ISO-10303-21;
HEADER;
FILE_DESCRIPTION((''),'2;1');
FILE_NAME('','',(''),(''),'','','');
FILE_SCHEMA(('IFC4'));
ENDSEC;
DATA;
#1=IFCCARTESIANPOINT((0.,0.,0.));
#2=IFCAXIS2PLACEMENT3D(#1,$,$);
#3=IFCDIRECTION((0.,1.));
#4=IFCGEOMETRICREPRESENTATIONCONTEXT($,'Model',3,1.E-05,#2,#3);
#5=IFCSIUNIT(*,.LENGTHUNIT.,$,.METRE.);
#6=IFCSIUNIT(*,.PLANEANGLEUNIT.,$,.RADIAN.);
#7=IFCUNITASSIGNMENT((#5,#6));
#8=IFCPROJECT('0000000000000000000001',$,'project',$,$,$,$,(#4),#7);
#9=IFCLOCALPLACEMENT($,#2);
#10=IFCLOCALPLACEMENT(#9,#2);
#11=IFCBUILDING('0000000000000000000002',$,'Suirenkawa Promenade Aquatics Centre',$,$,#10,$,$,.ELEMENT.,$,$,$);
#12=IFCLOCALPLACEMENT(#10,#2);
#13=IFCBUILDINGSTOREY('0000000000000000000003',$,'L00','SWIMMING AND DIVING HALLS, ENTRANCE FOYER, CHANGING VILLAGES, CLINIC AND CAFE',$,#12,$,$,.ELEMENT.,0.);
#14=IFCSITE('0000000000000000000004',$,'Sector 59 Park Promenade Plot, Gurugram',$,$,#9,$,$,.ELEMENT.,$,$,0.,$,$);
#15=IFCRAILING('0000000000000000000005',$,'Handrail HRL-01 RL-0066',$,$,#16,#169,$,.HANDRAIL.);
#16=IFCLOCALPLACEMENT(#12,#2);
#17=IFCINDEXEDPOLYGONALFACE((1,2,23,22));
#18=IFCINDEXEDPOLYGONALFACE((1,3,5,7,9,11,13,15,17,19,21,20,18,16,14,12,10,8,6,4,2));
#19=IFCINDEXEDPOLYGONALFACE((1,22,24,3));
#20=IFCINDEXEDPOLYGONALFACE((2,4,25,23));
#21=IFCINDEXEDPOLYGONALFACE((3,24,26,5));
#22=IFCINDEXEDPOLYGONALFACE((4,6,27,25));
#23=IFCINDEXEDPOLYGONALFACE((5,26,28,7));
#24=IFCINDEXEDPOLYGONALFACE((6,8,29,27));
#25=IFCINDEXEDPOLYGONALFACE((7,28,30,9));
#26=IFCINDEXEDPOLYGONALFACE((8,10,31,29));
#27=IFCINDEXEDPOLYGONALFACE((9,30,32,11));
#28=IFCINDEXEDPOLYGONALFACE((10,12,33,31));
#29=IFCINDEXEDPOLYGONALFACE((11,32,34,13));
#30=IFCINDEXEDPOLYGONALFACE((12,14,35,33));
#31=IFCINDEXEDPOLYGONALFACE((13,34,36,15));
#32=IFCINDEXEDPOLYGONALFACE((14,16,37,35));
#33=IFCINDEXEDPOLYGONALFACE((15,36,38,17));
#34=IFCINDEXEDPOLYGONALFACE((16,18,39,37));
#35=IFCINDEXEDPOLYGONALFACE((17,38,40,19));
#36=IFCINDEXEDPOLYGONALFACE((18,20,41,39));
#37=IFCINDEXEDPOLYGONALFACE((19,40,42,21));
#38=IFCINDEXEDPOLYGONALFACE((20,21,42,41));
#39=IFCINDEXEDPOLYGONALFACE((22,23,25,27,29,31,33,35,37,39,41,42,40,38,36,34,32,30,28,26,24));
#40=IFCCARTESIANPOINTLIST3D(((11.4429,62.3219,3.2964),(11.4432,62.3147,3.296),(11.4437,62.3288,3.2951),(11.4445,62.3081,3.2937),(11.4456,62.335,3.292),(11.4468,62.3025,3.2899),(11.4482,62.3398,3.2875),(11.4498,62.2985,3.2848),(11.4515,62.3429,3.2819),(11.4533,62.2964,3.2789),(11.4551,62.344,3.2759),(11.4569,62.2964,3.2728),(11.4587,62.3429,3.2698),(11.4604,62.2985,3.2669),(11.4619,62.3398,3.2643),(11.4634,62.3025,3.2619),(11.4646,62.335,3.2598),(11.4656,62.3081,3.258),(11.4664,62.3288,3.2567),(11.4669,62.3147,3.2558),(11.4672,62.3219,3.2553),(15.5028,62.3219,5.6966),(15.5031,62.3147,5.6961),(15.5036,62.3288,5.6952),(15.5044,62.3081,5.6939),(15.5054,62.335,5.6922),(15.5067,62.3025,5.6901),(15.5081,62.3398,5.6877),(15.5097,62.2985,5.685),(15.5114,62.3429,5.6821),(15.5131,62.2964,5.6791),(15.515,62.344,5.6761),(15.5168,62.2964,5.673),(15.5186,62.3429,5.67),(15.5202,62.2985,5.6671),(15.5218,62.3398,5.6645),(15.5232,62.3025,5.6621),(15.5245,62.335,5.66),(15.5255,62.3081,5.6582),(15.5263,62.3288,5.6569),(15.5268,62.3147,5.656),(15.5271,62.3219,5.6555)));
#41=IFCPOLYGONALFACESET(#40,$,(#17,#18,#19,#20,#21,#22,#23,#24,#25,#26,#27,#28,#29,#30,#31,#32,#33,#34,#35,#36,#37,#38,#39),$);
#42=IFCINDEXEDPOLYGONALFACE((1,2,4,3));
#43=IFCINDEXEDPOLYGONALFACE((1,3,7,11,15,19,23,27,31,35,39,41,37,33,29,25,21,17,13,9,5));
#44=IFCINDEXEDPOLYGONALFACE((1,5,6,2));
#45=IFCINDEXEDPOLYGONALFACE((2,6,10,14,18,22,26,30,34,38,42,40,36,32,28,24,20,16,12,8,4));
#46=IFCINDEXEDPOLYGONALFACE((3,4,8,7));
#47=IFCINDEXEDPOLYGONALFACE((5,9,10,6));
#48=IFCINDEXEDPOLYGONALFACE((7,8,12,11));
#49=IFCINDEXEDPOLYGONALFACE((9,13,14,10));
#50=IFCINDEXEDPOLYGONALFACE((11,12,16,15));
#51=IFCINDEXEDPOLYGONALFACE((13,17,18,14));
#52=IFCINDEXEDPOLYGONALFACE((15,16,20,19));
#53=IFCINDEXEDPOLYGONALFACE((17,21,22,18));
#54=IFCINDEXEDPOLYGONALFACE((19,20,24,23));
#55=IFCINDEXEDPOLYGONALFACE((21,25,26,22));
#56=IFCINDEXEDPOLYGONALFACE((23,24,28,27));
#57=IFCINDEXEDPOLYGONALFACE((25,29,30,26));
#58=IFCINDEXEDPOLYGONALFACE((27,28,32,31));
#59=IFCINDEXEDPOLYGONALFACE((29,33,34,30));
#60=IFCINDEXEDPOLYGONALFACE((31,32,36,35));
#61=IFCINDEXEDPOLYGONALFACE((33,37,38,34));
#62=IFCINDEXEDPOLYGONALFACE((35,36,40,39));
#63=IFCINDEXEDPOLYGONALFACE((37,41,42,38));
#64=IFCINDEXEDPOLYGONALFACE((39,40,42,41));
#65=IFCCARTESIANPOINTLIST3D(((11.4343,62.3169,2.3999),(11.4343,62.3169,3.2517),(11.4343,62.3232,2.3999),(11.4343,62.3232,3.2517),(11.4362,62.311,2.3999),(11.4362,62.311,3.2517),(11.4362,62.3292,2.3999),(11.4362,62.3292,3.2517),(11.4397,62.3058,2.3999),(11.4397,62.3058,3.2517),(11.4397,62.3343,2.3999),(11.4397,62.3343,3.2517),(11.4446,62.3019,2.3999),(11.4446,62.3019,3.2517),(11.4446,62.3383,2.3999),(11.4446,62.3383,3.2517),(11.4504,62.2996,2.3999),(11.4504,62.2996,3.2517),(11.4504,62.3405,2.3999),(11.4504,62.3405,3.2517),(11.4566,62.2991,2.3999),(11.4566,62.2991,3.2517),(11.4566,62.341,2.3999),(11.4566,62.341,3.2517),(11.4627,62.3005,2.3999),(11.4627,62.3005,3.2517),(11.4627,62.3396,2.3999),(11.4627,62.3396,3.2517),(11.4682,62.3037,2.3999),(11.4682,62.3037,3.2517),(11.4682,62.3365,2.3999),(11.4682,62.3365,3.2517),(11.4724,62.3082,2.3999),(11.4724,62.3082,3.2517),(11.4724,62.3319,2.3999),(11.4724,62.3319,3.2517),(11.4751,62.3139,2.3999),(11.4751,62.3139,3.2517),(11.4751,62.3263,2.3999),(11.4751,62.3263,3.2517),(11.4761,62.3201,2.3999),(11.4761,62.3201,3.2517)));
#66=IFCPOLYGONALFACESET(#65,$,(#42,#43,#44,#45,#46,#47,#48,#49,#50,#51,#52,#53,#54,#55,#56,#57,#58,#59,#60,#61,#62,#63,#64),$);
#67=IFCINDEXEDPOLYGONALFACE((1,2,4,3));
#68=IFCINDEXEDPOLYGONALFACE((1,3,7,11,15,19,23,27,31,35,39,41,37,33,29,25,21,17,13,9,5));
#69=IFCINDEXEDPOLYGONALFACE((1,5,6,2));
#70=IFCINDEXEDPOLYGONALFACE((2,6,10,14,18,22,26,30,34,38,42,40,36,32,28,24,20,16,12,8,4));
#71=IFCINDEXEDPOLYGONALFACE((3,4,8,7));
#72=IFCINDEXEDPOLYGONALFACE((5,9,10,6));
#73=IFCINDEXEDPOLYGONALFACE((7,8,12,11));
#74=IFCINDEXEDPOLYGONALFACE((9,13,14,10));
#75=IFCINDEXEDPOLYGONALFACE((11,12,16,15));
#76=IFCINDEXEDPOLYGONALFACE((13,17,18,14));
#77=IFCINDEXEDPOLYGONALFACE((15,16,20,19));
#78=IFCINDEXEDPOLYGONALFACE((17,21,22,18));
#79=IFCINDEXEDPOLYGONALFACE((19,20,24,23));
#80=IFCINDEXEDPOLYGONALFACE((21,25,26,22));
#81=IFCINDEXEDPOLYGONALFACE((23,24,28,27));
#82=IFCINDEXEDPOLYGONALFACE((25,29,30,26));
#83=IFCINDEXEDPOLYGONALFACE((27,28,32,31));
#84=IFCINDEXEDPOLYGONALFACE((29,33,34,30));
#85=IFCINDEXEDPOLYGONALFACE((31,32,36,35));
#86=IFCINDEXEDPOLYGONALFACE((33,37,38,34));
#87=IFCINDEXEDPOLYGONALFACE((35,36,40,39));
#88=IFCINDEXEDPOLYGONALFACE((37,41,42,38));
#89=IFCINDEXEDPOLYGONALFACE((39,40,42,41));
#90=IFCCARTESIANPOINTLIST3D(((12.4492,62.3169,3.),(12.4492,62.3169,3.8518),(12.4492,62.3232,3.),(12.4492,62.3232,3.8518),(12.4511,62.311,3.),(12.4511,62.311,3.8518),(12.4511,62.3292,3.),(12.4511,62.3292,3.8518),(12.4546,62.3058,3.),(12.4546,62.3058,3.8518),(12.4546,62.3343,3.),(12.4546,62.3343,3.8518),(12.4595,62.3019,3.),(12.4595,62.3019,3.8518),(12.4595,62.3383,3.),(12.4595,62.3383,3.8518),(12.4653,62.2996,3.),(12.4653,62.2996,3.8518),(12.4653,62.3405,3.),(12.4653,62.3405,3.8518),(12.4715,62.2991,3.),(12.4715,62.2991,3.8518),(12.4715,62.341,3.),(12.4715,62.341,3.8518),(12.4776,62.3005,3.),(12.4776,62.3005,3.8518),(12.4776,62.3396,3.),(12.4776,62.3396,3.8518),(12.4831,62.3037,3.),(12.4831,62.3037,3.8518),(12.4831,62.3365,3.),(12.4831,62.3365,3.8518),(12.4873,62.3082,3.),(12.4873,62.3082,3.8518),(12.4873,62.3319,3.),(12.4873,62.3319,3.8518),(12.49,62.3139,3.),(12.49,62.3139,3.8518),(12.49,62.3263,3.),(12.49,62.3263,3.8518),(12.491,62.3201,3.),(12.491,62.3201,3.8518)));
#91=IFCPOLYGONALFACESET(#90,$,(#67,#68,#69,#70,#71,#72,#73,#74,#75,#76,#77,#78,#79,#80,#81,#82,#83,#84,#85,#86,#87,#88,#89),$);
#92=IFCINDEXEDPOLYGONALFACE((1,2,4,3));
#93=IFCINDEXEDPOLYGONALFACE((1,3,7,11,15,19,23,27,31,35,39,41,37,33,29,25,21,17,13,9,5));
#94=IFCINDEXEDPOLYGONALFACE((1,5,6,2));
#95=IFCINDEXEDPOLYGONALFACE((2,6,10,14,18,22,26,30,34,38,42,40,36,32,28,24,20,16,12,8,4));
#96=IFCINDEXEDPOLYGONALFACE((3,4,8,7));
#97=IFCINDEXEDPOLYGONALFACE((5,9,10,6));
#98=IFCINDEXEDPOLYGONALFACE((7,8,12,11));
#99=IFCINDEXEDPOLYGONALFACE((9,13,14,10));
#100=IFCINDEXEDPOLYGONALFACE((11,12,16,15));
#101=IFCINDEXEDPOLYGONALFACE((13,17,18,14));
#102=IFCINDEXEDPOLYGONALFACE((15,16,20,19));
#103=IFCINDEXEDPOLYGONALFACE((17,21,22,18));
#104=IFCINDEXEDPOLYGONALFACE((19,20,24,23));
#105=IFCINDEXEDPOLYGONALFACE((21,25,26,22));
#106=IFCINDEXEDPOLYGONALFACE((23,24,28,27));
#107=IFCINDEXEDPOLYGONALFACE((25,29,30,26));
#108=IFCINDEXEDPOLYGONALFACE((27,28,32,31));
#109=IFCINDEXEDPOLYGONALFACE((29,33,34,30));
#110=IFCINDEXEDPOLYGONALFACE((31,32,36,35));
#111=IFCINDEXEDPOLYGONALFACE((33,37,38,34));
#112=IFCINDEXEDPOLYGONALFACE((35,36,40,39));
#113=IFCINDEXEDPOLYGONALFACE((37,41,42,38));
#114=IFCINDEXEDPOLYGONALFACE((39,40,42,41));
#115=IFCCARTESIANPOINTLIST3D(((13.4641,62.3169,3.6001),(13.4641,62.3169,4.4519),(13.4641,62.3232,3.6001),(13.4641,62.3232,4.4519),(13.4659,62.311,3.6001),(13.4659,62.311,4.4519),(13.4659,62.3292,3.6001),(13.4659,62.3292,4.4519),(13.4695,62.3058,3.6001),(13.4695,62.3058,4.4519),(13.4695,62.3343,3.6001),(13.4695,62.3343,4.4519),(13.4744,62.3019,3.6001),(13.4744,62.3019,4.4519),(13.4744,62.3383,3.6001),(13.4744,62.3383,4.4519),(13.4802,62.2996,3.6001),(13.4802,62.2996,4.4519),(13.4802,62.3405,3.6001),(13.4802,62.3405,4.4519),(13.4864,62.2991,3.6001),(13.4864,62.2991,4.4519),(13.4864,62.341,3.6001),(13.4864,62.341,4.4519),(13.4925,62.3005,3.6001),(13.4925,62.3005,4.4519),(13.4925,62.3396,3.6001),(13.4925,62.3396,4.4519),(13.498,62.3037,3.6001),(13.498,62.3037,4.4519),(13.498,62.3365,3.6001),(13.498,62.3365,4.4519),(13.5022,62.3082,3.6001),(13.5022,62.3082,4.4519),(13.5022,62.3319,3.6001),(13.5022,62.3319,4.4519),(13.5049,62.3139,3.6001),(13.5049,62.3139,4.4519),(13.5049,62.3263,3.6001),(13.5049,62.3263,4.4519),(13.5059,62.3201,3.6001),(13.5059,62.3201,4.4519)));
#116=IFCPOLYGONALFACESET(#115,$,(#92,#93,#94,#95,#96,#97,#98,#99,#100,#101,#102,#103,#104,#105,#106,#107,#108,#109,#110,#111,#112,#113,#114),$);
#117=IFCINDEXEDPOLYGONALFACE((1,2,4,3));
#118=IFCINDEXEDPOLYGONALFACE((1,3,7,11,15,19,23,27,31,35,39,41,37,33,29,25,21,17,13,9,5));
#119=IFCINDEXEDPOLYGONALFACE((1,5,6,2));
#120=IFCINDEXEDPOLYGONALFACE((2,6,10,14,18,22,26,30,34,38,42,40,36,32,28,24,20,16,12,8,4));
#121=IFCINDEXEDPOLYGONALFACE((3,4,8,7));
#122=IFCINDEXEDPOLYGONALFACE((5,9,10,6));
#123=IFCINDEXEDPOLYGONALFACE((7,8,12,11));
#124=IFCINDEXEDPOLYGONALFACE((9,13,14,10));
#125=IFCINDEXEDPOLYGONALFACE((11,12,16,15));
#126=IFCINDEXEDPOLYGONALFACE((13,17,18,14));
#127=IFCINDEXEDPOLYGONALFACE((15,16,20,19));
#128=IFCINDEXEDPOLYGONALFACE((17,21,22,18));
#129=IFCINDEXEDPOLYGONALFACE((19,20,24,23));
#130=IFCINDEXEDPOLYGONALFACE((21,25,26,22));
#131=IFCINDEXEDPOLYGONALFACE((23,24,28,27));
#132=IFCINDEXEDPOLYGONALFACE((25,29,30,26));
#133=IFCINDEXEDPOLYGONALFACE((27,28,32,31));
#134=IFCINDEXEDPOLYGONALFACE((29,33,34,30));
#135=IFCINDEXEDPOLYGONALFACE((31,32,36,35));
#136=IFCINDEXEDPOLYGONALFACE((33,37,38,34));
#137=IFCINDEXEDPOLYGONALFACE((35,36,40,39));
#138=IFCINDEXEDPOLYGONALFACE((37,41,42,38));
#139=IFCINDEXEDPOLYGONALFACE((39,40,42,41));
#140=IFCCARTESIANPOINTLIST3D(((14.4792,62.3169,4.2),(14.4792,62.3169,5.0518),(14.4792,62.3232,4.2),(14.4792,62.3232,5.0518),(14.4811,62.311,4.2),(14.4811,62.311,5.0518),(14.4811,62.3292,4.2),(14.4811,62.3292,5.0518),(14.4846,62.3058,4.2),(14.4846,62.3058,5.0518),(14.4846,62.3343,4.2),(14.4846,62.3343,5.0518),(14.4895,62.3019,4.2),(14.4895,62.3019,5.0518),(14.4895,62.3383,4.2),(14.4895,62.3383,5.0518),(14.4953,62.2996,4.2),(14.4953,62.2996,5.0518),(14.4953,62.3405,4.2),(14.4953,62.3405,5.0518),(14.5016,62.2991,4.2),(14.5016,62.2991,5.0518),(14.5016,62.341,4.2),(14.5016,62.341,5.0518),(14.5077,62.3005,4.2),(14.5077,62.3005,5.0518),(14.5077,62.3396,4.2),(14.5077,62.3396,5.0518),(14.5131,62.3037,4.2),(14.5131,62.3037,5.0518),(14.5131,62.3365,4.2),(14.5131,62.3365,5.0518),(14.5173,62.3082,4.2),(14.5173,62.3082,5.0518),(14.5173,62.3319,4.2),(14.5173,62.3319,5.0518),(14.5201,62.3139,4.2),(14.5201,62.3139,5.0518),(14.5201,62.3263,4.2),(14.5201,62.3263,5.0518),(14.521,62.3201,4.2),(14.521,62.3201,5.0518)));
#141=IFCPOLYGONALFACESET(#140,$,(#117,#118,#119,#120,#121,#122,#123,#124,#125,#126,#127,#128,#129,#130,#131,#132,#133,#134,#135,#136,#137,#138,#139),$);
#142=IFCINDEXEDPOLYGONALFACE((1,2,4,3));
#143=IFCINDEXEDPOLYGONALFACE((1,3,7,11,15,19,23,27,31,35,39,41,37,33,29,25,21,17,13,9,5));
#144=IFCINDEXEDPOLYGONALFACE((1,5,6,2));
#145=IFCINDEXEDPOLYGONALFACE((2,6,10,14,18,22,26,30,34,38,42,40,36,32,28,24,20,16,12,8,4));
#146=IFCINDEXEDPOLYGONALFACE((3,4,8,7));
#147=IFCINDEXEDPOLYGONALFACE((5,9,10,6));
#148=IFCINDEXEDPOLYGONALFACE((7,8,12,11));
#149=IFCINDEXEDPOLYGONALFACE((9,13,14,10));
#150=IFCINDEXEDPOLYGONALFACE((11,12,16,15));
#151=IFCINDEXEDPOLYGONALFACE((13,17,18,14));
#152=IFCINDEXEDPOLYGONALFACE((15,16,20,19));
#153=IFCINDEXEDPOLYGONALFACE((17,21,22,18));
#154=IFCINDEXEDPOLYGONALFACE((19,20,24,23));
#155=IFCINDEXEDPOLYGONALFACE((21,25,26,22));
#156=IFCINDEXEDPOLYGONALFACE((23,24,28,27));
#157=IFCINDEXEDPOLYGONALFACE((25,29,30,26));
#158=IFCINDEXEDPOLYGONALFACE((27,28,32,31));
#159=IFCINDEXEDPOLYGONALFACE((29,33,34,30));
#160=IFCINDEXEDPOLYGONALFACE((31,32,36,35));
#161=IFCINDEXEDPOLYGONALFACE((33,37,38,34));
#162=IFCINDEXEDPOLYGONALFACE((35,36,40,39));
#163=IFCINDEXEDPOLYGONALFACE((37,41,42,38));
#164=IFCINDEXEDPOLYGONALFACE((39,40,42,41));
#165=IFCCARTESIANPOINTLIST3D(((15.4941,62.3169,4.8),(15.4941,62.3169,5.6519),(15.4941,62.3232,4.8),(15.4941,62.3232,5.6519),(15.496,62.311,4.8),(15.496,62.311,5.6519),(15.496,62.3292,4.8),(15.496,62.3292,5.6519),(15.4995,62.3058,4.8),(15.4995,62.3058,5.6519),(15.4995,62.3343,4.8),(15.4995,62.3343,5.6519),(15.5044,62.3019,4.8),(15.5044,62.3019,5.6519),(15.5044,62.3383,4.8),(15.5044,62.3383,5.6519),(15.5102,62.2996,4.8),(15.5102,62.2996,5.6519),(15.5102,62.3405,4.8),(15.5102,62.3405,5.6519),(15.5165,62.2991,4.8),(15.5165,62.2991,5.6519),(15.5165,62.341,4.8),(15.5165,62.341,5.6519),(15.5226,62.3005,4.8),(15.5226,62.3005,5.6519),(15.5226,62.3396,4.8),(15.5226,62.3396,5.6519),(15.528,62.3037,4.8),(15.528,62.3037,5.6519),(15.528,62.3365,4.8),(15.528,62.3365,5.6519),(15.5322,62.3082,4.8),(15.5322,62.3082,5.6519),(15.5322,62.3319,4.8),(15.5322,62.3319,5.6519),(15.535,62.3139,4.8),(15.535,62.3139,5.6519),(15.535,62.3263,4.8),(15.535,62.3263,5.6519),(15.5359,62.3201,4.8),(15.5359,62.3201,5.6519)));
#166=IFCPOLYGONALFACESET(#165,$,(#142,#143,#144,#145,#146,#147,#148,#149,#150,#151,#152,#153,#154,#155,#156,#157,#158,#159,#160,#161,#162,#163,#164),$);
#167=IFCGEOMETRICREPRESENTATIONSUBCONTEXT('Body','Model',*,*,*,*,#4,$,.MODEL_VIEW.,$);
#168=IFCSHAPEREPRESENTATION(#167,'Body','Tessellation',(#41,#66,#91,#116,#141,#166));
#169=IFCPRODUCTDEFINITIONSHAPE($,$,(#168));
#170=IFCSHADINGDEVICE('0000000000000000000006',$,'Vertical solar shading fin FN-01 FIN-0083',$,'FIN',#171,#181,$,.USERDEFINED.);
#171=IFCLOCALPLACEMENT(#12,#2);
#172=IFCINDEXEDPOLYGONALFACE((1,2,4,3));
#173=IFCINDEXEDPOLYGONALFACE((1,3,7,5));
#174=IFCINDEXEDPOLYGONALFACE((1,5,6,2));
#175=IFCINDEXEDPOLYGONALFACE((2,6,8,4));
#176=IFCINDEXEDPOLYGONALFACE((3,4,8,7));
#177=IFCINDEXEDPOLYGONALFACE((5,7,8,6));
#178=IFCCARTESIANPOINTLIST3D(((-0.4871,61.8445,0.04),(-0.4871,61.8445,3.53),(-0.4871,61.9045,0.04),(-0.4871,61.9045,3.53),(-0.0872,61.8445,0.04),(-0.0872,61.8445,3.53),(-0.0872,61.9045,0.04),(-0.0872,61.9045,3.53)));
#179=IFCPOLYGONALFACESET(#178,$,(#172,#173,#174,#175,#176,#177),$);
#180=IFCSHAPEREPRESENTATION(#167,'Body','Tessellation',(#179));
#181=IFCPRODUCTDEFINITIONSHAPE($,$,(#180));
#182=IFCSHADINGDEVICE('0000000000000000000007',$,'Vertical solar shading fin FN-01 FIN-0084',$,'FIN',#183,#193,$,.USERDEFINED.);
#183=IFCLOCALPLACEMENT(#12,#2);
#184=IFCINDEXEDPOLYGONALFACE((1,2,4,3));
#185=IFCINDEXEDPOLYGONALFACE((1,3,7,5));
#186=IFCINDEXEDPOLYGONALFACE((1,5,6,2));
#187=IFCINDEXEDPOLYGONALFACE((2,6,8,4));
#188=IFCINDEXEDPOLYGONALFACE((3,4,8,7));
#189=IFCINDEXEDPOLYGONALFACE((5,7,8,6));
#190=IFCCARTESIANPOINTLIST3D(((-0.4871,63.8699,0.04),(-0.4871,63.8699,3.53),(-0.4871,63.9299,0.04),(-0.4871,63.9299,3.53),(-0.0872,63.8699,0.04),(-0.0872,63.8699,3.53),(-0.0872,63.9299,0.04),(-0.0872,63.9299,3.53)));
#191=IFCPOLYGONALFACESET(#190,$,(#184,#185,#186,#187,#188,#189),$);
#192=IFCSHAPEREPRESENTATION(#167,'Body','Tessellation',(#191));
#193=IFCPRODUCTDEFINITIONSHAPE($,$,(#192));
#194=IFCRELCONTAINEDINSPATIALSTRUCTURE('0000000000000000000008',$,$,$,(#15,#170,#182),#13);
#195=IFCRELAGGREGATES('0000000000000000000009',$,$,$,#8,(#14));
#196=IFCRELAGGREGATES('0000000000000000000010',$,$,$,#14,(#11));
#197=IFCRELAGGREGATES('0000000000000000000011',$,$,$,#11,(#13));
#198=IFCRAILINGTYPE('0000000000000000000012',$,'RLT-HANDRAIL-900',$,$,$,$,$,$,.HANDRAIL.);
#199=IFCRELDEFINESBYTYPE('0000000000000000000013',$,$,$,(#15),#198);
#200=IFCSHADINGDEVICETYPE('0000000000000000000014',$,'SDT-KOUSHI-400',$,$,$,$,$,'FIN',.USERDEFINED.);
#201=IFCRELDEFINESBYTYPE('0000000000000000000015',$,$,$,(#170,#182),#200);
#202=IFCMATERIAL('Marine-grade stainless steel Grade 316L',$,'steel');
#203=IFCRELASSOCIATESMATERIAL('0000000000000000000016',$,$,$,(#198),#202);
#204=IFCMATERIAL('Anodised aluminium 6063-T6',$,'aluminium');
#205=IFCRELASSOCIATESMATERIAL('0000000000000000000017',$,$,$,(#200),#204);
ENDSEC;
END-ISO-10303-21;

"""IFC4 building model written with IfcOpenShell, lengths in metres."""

from ifc_helpers import new_model, si_unit, direction, frame, origin, origin_2d, place, context, subcontext, project, spatial, rectangle, circle, extrude, material, type_object, element, save


model = new_model("IFC4")

# Units and contexts
model_context = context("Model", 3, precision=1e-05, world=origin(), true_north=direction((0.0, 1.0)))
body_context = subcontext(model_context, "Body", "Model", "MODEL_VIEW")
ifc_project = project(units=[si_unit("LENGTHUNIT", "METRE"), si_unit("PLANEANGLEUNIT", "RADIAN")], contexts=[model_context])

# Site, building, storey
site_placement = place(None, origin())
site = spatial("IfcSite", under=ifc_project, at=site_placement, Name="Sector 59 Park Promenade Plot, Gurugram", CompositionType="ELEMENT", RefElevation=0.0)
building_placement = place(site_placement, origin())
building = spatial("IfcBuilding", under=site, at=building_placement, Name="Suirenkawa Promenade Aquatics Centre", CompositionType="ELEMENT")
storey_placement = place(building_placement, origin())
storey = spatial("IfcBuildingStorey", under=building, at=storey_placement, Name="L00", Description="SWIMMING AND DIVING HALLS, ENTRANCE FOYER, CHANGING VILLAGES, CLINIC AND CAFE", CompositionType="ELEMENT", Elevation=0.0)

# Shared definitions
ifc_material_1 = material(Name="Anodised aluminium 6063-T6", Category="aluminium")

# Railing
ifc_material_2 = material(Name="Marine-grade stainless steel Grade 316L", Category="steel")
railing_type_1 = type_object("IfcRailingType", Name="RLT-HANDRAIL-900", PredefinedType="HANDRAIL", material=ifc_material_2)
railing_1_placement = place(storey_placement, frame((11.4551, 62.3201, 2.3999)))
element("IfcRailing", 1, at=railing_1_placement, inside=storey, type_object=railing_type_1, Name="Handrail HRL-01 RL-0066", PredefinedType="HANDRAIL", context=body_context, shape_type="SweptSolid", body=[
    extrude(circle(Radius=0.0239, at=origin_2d()), frame((0.0, 0.0, 0.876), z_axis=(0.860818, 0.0, 0.508912), x_axis=(0.0, 1.0, 0.0)), (0.0, 0.0, 1.0), 4.7163),
    extrude(circle(Radius=0.021, at=origin_2d()), origin(), (0.0, 0.0, 1.0), 0.8518),
    extrude(circle(Radius=0.021, at=origin_2d()), frame((1.0149, 0.0, 0.6001)), (0.0, 0.0, 1.0), 0.8518),
    extrude(circle(Radius=0.021, at=origin_2d()), frame((2.0298, 0.0, 1.2002)), (0.0, 0.0, 1.0), 0.8518),
    extrude(circle(Radius=0.021, at=origin_2d()), frame((3.0449, 0.0, 1.8)), (0.0, 0.0, 1.0), 0.8518),
    extrude(circle(Radius=0.021, at=origin_2d()), frame((4.0598, 0.0, 2.4001)), (0.0, 0.0, 1.0), 0.8518),
])

# Shading devices
shading_device_type = type_object("IfcShadingDeviceType", Name="SDT-KOUSHI-400", ElementType="FIN", PredefinedType="USERDEFINED", material=ifc_material_1)
for number, where, z_axis, x_axis, name in (
    (2, (-0.2871, 61.8745, 0.04), (0.0, 0.0, 1.0), (-1.0, 0.0, 0.0), "Vertical solar shading fin FN-01 FIN-0083"),
    (3, (-0.2871, 63.8999, 0.04), (0.0, 0.0, 1.0), (-1.0, 0.0, 0.0), "Vertical solar shading fin FN-01 FIN-0084"),
):
    element("IfcShadingDevice", number, at=place(storey_placement, frame(where, z_axis=z_axis, x_axis=x_axis)), inside=storey, type_object=shading_device_type, Name=name, ObjectType="FIN", PredefinedType="USERDEFINED", context=body_context, shape_type="SweptSolid", body=[
        extrude(rectangle(XDim=0.3999, YDim=0.0601, at=origin_2d()), origin(), (0.0, 0.0, 1.0), 3.49),
    ])

save(model, "model.ifc")
